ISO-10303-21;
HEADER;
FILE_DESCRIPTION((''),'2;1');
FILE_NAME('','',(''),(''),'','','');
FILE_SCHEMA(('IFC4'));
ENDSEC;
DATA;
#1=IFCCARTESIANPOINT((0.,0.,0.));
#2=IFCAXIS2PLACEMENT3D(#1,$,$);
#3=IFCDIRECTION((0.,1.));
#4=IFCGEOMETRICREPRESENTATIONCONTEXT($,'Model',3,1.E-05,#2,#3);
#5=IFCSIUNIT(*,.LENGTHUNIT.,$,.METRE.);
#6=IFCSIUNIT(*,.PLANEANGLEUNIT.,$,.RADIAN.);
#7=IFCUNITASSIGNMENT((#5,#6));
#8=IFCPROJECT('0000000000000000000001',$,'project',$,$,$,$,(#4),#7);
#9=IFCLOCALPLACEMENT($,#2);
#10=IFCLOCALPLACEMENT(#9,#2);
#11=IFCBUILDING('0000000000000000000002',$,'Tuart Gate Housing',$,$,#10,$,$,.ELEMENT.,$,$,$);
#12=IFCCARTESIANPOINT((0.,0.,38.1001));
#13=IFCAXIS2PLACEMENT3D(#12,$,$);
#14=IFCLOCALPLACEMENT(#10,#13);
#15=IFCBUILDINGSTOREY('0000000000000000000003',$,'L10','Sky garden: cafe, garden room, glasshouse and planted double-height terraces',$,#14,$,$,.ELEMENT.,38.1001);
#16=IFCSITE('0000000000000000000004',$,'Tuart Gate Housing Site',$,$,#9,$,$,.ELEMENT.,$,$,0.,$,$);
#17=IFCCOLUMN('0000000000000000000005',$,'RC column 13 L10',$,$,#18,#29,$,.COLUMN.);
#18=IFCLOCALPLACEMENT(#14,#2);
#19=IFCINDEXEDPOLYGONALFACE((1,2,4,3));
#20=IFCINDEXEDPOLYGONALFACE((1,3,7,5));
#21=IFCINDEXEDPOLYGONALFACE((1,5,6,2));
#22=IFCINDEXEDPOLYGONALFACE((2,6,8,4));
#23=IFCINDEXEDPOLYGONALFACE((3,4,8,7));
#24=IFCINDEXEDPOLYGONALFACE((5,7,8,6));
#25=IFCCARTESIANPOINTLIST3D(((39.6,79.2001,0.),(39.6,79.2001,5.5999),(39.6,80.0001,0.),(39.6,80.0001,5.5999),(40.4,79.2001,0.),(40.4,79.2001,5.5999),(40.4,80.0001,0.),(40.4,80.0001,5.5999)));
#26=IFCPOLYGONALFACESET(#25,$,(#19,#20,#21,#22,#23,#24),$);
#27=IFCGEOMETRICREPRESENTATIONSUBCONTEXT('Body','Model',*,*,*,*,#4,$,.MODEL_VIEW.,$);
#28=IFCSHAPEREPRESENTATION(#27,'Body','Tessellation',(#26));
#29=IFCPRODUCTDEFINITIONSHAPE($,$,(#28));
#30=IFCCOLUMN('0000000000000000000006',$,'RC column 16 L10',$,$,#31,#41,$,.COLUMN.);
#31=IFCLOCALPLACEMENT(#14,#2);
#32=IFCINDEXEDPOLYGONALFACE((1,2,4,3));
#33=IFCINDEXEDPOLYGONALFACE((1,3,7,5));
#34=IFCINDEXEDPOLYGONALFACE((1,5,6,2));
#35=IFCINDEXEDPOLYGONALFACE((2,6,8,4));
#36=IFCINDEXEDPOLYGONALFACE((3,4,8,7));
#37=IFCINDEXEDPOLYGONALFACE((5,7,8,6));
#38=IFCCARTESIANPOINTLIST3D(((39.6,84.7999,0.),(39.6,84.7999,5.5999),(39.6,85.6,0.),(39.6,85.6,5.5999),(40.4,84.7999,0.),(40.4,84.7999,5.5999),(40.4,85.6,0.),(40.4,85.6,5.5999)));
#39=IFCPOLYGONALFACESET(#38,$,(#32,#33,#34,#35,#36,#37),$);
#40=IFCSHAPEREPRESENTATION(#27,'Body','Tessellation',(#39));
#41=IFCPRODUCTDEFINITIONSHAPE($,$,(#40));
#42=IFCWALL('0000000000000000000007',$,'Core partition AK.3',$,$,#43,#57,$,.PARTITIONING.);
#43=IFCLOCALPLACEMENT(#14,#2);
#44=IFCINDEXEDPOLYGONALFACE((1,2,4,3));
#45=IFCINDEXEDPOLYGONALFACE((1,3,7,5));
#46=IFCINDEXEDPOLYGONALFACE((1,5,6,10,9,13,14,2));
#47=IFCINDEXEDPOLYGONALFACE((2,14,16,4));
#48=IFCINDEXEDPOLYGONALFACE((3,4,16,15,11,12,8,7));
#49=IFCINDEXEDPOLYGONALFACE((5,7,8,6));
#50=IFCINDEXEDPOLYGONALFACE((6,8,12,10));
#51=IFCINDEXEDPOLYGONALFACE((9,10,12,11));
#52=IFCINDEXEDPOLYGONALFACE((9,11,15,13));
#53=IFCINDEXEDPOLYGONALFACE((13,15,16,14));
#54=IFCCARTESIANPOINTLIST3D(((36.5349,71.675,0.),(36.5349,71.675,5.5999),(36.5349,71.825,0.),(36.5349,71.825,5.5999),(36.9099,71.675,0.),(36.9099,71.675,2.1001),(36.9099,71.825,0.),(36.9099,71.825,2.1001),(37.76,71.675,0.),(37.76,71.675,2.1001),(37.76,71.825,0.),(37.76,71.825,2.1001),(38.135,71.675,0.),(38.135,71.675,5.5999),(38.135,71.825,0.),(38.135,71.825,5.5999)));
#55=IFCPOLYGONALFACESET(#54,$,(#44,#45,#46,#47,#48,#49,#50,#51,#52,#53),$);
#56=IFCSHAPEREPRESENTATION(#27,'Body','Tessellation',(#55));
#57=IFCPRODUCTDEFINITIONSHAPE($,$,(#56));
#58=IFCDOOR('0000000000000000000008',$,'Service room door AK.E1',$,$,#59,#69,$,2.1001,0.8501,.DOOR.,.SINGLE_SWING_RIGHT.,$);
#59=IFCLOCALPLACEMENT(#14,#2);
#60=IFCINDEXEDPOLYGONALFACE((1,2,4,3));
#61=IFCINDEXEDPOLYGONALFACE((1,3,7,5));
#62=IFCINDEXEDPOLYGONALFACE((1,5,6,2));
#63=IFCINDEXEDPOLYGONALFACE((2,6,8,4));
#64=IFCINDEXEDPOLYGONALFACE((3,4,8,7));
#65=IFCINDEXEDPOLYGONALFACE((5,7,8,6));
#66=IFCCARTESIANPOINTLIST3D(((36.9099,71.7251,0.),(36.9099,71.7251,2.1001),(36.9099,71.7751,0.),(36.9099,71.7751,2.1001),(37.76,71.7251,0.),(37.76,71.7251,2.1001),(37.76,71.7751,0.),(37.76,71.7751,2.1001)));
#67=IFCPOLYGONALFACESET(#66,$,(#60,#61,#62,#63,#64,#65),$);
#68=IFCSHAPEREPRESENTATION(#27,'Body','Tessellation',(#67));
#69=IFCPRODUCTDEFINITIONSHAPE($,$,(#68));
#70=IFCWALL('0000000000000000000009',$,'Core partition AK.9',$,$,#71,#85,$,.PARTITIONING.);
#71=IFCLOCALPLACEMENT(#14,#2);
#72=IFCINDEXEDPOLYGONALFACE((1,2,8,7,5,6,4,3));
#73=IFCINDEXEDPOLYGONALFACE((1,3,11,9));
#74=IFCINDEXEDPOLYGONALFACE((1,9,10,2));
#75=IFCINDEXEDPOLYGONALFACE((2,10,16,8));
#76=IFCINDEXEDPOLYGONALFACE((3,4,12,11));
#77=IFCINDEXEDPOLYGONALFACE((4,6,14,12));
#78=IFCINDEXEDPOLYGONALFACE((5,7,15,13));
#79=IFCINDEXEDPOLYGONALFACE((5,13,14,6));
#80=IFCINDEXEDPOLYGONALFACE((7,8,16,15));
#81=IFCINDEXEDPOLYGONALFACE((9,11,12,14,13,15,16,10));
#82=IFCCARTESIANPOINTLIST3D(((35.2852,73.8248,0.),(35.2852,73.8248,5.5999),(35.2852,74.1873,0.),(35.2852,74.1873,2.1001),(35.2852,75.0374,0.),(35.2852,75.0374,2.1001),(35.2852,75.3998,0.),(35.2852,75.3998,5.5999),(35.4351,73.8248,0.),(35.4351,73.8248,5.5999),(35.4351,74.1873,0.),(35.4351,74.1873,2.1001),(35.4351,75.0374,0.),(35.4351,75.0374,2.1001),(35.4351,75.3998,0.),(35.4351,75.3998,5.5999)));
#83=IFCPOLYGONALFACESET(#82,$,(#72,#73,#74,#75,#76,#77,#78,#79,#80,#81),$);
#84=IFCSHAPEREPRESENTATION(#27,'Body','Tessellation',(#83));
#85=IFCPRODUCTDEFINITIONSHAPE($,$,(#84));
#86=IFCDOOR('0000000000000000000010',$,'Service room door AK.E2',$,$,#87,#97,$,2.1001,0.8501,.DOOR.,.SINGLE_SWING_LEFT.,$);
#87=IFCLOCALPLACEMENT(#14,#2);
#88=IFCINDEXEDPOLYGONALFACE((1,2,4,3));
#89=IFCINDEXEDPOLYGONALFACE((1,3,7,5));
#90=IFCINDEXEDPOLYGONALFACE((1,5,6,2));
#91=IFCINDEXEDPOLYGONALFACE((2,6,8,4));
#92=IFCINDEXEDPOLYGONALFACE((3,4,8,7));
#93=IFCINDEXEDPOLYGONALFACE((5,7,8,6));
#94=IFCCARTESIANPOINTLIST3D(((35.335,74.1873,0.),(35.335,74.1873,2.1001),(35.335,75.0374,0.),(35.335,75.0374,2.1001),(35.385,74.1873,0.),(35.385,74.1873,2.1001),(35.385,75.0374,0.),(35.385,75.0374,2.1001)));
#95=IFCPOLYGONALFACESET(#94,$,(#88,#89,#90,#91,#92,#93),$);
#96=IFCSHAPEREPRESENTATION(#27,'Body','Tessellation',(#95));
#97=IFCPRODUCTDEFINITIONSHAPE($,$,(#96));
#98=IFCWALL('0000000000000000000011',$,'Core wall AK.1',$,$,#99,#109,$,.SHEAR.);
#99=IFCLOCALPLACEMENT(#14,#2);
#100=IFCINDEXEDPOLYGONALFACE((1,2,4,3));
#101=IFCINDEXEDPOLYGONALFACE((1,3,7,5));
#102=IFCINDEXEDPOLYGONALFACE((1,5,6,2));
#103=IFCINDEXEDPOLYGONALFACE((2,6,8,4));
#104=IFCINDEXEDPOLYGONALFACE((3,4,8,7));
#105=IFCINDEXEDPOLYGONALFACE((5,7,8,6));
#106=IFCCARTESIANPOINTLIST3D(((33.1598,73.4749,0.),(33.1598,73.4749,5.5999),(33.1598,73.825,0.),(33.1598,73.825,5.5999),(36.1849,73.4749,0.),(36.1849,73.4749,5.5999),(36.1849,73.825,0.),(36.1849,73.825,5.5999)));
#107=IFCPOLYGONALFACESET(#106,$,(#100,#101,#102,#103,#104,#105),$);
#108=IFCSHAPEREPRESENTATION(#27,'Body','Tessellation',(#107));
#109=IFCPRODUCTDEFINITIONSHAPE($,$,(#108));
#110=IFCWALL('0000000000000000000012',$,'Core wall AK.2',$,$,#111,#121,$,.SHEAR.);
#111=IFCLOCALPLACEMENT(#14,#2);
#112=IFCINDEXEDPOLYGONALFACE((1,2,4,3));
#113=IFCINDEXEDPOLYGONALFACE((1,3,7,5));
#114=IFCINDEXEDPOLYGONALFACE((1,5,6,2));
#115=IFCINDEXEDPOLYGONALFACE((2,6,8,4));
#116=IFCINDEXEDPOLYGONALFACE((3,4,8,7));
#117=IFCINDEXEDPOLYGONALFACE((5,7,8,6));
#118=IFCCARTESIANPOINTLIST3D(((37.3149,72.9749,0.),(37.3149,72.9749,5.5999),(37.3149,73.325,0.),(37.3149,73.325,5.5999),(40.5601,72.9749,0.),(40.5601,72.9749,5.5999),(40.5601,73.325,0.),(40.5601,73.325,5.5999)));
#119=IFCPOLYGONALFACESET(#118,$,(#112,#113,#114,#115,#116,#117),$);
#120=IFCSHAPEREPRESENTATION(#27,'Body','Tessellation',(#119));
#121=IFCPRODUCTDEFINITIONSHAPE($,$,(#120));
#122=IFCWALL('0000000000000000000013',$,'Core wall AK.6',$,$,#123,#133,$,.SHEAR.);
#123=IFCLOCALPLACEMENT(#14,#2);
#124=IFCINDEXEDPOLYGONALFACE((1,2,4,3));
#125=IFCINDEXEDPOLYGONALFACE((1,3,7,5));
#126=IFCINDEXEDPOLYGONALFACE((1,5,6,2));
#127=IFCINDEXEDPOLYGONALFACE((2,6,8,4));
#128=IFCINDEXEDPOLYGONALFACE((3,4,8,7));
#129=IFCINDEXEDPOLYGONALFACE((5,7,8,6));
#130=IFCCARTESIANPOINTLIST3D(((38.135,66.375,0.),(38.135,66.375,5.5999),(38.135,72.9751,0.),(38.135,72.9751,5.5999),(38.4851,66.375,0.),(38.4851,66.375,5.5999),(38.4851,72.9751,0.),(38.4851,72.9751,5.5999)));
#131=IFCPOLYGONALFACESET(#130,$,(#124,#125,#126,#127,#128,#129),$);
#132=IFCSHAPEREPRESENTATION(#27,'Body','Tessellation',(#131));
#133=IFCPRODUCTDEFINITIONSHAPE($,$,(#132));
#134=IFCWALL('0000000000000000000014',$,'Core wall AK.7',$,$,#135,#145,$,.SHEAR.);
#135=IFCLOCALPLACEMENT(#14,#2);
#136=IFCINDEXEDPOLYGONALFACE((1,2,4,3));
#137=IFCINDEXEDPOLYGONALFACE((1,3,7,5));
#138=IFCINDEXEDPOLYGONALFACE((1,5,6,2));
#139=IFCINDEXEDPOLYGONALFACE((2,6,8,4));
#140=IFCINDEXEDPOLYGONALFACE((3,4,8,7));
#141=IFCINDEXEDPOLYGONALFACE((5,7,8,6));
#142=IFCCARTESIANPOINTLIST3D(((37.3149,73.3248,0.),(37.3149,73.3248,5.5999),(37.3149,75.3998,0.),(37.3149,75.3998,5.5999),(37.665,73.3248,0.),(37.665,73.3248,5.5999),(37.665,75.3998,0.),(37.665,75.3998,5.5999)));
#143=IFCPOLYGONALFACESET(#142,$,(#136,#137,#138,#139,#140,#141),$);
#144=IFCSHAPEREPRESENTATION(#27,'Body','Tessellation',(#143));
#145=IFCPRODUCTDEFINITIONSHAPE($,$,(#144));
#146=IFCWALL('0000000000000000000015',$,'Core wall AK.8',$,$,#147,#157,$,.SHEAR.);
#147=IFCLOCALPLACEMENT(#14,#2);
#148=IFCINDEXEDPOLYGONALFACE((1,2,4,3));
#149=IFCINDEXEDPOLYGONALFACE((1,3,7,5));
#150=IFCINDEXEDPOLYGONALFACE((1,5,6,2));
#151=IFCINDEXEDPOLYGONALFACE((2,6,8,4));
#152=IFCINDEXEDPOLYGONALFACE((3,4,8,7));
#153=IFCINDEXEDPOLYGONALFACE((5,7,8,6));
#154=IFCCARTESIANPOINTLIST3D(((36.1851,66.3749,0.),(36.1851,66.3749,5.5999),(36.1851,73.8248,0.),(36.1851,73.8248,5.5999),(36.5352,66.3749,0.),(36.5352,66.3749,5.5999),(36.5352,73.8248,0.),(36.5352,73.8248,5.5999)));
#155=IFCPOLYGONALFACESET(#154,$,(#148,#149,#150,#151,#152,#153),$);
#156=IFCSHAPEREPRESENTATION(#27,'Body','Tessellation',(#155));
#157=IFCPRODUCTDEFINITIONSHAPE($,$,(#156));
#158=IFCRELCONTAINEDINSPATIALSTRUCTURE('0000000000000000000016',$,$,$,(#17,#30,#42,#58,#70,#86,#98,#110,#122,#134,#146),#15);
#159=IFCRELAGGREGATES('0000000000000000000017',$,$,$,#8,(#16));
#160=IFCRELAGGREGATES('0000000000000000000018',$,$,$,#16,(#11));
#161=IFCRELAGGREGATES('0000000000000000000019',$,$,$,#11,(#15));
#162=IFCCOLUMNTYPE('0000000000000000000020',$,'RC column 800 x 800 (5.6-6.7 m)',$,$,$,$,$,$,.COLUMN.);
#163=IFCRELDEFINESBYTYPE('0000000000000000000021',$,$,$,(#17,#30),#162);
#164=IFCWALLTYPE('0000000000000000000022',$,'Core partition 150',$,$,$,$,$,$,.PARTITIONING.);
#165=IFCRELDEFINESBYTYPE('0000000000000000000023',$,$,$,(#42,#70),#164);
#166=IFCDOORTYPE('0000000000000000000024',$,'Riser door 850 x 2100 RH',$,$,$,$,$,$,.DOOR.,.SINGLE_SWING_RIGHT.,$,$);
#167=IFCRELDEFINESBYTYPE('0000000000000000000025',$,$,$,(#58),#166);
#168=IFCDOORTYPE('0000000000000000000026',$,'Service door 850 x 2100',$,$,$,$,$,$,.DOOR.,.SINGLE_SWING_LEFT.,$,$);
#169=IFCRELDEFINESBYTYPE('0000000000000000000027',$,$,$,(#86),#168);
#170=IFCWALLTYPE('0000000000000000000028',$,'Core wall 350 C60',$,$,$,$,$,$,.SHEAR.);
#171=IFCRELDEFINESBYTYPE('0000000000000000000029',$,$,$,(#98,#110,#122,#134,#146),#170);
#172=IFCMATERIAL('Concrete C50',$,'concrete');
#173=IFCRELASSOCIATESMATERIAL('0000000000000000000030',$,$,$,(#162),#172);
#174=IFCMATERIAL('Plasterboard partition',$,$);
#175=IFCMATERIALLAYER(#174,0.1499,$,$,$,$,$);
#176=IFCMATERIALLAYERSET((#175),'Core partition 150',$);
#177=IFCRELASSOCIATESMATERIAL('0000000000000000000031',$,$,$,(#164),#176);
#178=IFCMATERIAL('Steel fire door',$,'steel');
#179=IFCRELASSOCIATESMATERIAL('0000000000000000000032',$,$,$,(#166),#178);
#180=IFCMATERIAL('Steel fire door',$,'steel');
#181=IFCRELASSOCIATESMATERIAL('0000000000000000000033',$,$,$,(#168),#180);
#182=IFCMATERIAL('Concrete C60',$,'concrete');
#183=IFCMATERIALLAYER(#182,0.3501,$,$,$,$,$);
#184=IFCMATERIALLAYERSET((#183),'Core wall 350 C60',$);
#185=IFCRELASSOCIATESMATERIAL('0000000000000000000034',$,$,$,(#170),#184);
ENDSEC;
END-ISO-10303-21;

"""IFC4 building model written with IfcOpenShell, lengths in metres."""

from ifc_helpers import new_model, si_unit, direction, frame, frame_2d, origin, origin_2d, place, context, subcontext, project, spatial, rectangle, extrude, material, layer, layer_set, material_profile, profile_set, type_object, element, fill, save


model = new_model("IFC4")

# Units and contexts
model_context = context("Model", 3, precision=1e-05, world=origin(), true_north=direction((0.0, 1.0)))
body_context = subcontext(model_context, "Body", "Model", "MODEL_VIEW")
ifc_project = project(units=[si_unit("LENGTHUNIT", "METRE"), si_unit("PLANEANGLEUNIT", "RADIAN")], contexts=[model_context])

# Site, building, storey
site_placement = place(None, origin())
site = spatial("IfcSite", under=ifc_project, at=site_placement, Name="Tuart Gate Housing Site", CompositionType="ELEMENT", RefElevation=0.0)
building_placement = place(site_placement, origin())
building = spatial("IfcBuilding", under=site, at=building_placement, Name="Tuart Gate Housing", CompositionType="ELEMENT")
storey_placement = place(building_placement, frame((0.0, 0.0, 38.1001)))
storey = spatial("IfcBuildingStorey", under=building, at=storey_placement, Name="L10", Description="Sky garden: cafe, garden room, glasshouse and planted double-height terraces", CompositionType="ELEMENT", Elevation=38.1001)

# Columns
ifc_material_1 = material(Name="Concrete C50", Category="concrete")
ifc_material_profile = material_profile(ifc_material_1, rectangle(XDim=0.8, YDim=0.8, at=origin_2d()), Name="RC column 800 x 800 (5.6-6.7 m)")
ifc_profile_set = profile_set([ifc_material_profile], Name="Concrete C50")
column_type = type_object("IfcColumnType", Name="RC column 800 x 800 (5.6-6.7 m)", PredefinedType="COLUMN", material=ifc_profile_set)
for number, where, z_axis, x_axis, name in (
    (1, (40.0, 79.6001, 0.0), (0.0, 0.0, 1.0), (1.0, 0.0, 0.0), "RC column 13 L10"),
    (2, (40.0, 85.2, 0.0), (0.0, 0.0, 1.0), (1.0, 0.0, 0.0), "RC column 16 L10"),
):
    element("IfcColumn", number, at=place(storey_placement, frame(where, z_axis=z_axis, x_axis=x_axis)), inside=storey, type_object=column_type, Name=name, PredefinedType="COLUMN", context=body_context, shape_type="SweptSolid", body=[
        extrude(rectangle(XDim=0.8, YDim=0.8, at=origin_2d()), origin(), (0.0, 0.0, 1.0), 5.5999),
    ])

# Walls, openings, doors
ifc_material_2 = material(Name="Plasterboard partition")
ifc_layer_1 = layer(ifc_material_2, 0.1499)
ifc_layer_set_1 = layer_set([ifc_layer_1], Name="Core partition 150")
wall_type_1 = type_object("IfcWallType", Name="Core partition 150", PredefinedType="PARTITIONING", material=ifc_layer_set_1)
wall_1_placement = place(storey_placement, frame((38.135, 71.75, 0.0), z_axis=(0.0, 0.0, 1.0), x_axis=(-1.0, 0.0, 0.0)))
wall_1 = element("IfcWall", 3, at=wall_1_placement, inside=storey, type_object=wall_type_1, Name="Core partition AK.3", PredefinedType="PARTITIONING", context=body_context, shape_type="SweptSolid", body=[
    extrude(rectangle(XDim=1.6001, YDim=0.1499, at=frame_2d((0.8, 0.0))), origin(), (0.0, 0.0, 1.0), 5.5999),
])
opening_1_placement = place(wall_1_placement, frame((0.375, 0.0, 0.0)))
opening_1 = element("IfcOpeningElement", 4, at=opening_1_placement, cuts=wall_1, PredefinedType="OPENING", context=body_context, shape_type="SweptSolid", body=[
    extrude(rectangle(XDim=0.8501, YDim=2.1001, at=frame_2d((0.425, 1.05))), frame((0.0, 0.085, 0.0), z_axis=(0.0, -1.0, 0.0), x_axis=(1.0, 0.0, 0.0)), (0.0, 0.0, 1.0), 0.1699),
])
ifc_material_3 = material(Name="Steel fire door", Category="steel")
door_type_1 = type_object("IfcDoorType", Name="Riser door 850 x 2100 RH", OperationType="SINGLE_SWING_RIGHT", PredefinedType="DOOR", material=ifc_material_3)
door_1_placement = place(opening_1_placement, frame((0.8501, 0.0, 0.0), z_axis=(0.0, 0.0, 1.0), x_axis=(-1.0, 0.0, 0.0)))
door_1 = element("IfcDoor", 5, at=door_1_placement, inside=storey, type_object=door_type_1, Name="Service room door AK.E1", OperationType="SINGLE_SWING_RIGHT", OverallHeight=2.1001, OverallWidth=0.8501, PredefinedType="DOOR", context=body_context, shape_type="SweptSolid", body=[
    extrude(rectangle(XDim=0.8501, YDim=2.1001, at=frame_2d((0.425, 1.05))), frame((0.0, 0.0251, 0.0), z_axis=(0.0, -1.0, 0.0), x_axis=(1.0, 0.0, 0.0)), (0.0, 0.0, 1.0), 0.05),
])
fill(opening_1, door_1)
wall_2_placement = place(storey_placement, frame((35.3601, 75.3999, 0.0), z_axis=(0.0, 0.0, 1.0), x_axis=(0.0, -1.0, 0.0)))
wall_2 = element("IfcWall", 6, at=wall_2_placement, inside=storey, type_object=wall_type_1, Name="Core partition AK.9", PredefinedType="PARTITIONING", context=body_context, shape_type="SweptSolid", body=[
    extrude(rectangle(XDim=1.575, YDim=0.1499, at=frame_2d((0.7876, 0.0))), origin(), (0.0, 0.0, 1.0), 5.5999),
])
opening_2_placement = place(wall_2_placement, frame((0.3625, 0.0, 0.0)))
opening_2 = element("IfcOpeningElement", 7, at=opening_2_placement, cuts=wall_2, PredefinedType="OPENING", context=body_context, shape_type="SweptSolid", body=[
    extrude(rectangle(XDim=0.8501, YDim=2.1001, at=frame_2d((0.425, 1.05))), frame((0.0, 0.085, 0.0), z_axis=(0.0, -1.0, 0.0), x_axis=(1.0, 0.0, 0.0)), (0.0, 0.0, 1.0), 0.1699),
])
ifc_material_4 = material(Name="Steel fire door", Category="steel")
door_type_2 = type_object("IfcDoorType", Name="Service door 850 x 2100", OperationType="SINGLE_SWING_LEFT", PredefinedType="DOOR", material=ifc_material_4)
door_2_placement = place(opening_2_placement, origin())
door_2 = element("IfcDoor", 8, at=door_2_placement, inside=storey, type_object=door_type_2, Name="Service room door AK.E2", OperationType="SINGLE_SWING_LEFT", OverallHeight=2.1001, OverallWidth=0.8501, PredefinedType="DOOR", context=body_context, shape_type="SweptSolid", body=[
    extrude(rectangle(XDim=0.8501, YDim=2.1001, at=frame_2d((0.425, 1.05))), frame((0.0, 0.0249, 0.0), z_axis=(0.0, -1.0, 0.0), x_axis=(1.0, 0.0, 0.0)), (0.0, 0.0, 1.0), 0.05),
])
fill(opening_2, door_2)

# Walls
ifc_material_5 = material(Name="Concrete C60", Category="concrete")
ifc_layer_2 = layer(ifc_material_5, 0.3501)
ifc_layer_set_2 = layer_set([ifc_layer_2], Name="Core wall 350 C60")
wall_type_2 = type_object("IfcWallType", Name="Core wall 350 C60", PredefinedType="SHEAR", material=ifc_layer_set_2)
wall_3_placement = place(storey_placement, frame((36.1851, 73.6499, 0.0), z_axis=(0.0, 0.0, 1.0), x_axis=(-1.0, 0.0, 0.0)))
element("IfcWall", 9, at=wall_3_placement, inside=storey, type_object=wall_type_2, Name="Core wall AK.1", PredefinedType="SHEAR", context=body_context, shape_type="SweptSolid", body=[
    extrude(rectangle(XDim=3.0251, YDim=0.3501, at=frame_2d((1.5127, 0.0))), origin(), (0.0, 0.0, 1.0), 5.5999),
])
wall_4_placement = place(storey_placement, frame((40.5601, 73.1499, 0.0), z_axis=(0.0, 0.0, 1.0), x_axis=(-1.0, 0.0, 0.0)))
element("IfcWall", 10, at=wall_4_placement, inside=storey, type_object=wall_type_2, Name="Core wall AK.2", PredefinedType="SHEAR", context=body_context, shape_type="SweptSolid", body=[
    extrude(rectangle(XDim=3.2451, YDim=0.3501, at=frame_2d((1.6226, 0.0))), origin(), (0.0, 0.0, 1.0), 5.5999),
])
wall_5_placement = place(storey_placement, frame((38.3101, 72.9751, 0.0), z_axis=(0.0, 0.0, 1.0), x_axis=(0.0, -1.0, 0.0)))
element("IfcWall", 11, at=wall_5_placement, inside=storey, type_object=wall_type_2, Name="Core wall AK.6", PredefinedType="SHEAR", context=body_context, shape_type="SweptSolid", body=[
    extrude(rectangle(XDim=6.6001, YDim=0.3501, at=frame_2d((3.3, 0.0))), origin(), (0.0, 0.0, 1.0), 5.5999),
])
wall_6_placement = place(storey_placement, frame((37.49, 75.3999, 0.0), z_axis=(0.0, 0.0, 1.0), x_axis=(0.0, -1.0, 0.0)))
element("IfcWall", 12, at=wall_6_placement, inside=storey, type_object=wall_type_2, Name="Core wall AK.7", PredefinedType="SHEAR", context=body_context, shape_type="SweptSolid", body=[
    extrude(rectangle(XDim=2.075, YDim=0.3501, at=frame_2d((1.0376, 0.0))), origin(), (0.0, 0.0, 1.0), 5.5999),
])
wall_7_placement = place(storey_placement, frame((36.3601, 73.825, 0.0), z_axis=(0.0, 0.0, 1.0), x_axis=(0.0, -1.0, 0.0)))
element("IfcWall", 13, at=wall_7_placement, inside=storey, type_object=wall_type_2, Name="Core wall AK.8", PredefinedType="SHEAR", context=body_context, shape_type="SweptSolid", body=[
    extrude(rectangle(XDim=7.45, YDim=0.3501, at=frame_2d((3.7251, 0.0))), origin(), (0.0, 0.0, 1.0), 5.5999),
])

save(model, "model.ifc")
